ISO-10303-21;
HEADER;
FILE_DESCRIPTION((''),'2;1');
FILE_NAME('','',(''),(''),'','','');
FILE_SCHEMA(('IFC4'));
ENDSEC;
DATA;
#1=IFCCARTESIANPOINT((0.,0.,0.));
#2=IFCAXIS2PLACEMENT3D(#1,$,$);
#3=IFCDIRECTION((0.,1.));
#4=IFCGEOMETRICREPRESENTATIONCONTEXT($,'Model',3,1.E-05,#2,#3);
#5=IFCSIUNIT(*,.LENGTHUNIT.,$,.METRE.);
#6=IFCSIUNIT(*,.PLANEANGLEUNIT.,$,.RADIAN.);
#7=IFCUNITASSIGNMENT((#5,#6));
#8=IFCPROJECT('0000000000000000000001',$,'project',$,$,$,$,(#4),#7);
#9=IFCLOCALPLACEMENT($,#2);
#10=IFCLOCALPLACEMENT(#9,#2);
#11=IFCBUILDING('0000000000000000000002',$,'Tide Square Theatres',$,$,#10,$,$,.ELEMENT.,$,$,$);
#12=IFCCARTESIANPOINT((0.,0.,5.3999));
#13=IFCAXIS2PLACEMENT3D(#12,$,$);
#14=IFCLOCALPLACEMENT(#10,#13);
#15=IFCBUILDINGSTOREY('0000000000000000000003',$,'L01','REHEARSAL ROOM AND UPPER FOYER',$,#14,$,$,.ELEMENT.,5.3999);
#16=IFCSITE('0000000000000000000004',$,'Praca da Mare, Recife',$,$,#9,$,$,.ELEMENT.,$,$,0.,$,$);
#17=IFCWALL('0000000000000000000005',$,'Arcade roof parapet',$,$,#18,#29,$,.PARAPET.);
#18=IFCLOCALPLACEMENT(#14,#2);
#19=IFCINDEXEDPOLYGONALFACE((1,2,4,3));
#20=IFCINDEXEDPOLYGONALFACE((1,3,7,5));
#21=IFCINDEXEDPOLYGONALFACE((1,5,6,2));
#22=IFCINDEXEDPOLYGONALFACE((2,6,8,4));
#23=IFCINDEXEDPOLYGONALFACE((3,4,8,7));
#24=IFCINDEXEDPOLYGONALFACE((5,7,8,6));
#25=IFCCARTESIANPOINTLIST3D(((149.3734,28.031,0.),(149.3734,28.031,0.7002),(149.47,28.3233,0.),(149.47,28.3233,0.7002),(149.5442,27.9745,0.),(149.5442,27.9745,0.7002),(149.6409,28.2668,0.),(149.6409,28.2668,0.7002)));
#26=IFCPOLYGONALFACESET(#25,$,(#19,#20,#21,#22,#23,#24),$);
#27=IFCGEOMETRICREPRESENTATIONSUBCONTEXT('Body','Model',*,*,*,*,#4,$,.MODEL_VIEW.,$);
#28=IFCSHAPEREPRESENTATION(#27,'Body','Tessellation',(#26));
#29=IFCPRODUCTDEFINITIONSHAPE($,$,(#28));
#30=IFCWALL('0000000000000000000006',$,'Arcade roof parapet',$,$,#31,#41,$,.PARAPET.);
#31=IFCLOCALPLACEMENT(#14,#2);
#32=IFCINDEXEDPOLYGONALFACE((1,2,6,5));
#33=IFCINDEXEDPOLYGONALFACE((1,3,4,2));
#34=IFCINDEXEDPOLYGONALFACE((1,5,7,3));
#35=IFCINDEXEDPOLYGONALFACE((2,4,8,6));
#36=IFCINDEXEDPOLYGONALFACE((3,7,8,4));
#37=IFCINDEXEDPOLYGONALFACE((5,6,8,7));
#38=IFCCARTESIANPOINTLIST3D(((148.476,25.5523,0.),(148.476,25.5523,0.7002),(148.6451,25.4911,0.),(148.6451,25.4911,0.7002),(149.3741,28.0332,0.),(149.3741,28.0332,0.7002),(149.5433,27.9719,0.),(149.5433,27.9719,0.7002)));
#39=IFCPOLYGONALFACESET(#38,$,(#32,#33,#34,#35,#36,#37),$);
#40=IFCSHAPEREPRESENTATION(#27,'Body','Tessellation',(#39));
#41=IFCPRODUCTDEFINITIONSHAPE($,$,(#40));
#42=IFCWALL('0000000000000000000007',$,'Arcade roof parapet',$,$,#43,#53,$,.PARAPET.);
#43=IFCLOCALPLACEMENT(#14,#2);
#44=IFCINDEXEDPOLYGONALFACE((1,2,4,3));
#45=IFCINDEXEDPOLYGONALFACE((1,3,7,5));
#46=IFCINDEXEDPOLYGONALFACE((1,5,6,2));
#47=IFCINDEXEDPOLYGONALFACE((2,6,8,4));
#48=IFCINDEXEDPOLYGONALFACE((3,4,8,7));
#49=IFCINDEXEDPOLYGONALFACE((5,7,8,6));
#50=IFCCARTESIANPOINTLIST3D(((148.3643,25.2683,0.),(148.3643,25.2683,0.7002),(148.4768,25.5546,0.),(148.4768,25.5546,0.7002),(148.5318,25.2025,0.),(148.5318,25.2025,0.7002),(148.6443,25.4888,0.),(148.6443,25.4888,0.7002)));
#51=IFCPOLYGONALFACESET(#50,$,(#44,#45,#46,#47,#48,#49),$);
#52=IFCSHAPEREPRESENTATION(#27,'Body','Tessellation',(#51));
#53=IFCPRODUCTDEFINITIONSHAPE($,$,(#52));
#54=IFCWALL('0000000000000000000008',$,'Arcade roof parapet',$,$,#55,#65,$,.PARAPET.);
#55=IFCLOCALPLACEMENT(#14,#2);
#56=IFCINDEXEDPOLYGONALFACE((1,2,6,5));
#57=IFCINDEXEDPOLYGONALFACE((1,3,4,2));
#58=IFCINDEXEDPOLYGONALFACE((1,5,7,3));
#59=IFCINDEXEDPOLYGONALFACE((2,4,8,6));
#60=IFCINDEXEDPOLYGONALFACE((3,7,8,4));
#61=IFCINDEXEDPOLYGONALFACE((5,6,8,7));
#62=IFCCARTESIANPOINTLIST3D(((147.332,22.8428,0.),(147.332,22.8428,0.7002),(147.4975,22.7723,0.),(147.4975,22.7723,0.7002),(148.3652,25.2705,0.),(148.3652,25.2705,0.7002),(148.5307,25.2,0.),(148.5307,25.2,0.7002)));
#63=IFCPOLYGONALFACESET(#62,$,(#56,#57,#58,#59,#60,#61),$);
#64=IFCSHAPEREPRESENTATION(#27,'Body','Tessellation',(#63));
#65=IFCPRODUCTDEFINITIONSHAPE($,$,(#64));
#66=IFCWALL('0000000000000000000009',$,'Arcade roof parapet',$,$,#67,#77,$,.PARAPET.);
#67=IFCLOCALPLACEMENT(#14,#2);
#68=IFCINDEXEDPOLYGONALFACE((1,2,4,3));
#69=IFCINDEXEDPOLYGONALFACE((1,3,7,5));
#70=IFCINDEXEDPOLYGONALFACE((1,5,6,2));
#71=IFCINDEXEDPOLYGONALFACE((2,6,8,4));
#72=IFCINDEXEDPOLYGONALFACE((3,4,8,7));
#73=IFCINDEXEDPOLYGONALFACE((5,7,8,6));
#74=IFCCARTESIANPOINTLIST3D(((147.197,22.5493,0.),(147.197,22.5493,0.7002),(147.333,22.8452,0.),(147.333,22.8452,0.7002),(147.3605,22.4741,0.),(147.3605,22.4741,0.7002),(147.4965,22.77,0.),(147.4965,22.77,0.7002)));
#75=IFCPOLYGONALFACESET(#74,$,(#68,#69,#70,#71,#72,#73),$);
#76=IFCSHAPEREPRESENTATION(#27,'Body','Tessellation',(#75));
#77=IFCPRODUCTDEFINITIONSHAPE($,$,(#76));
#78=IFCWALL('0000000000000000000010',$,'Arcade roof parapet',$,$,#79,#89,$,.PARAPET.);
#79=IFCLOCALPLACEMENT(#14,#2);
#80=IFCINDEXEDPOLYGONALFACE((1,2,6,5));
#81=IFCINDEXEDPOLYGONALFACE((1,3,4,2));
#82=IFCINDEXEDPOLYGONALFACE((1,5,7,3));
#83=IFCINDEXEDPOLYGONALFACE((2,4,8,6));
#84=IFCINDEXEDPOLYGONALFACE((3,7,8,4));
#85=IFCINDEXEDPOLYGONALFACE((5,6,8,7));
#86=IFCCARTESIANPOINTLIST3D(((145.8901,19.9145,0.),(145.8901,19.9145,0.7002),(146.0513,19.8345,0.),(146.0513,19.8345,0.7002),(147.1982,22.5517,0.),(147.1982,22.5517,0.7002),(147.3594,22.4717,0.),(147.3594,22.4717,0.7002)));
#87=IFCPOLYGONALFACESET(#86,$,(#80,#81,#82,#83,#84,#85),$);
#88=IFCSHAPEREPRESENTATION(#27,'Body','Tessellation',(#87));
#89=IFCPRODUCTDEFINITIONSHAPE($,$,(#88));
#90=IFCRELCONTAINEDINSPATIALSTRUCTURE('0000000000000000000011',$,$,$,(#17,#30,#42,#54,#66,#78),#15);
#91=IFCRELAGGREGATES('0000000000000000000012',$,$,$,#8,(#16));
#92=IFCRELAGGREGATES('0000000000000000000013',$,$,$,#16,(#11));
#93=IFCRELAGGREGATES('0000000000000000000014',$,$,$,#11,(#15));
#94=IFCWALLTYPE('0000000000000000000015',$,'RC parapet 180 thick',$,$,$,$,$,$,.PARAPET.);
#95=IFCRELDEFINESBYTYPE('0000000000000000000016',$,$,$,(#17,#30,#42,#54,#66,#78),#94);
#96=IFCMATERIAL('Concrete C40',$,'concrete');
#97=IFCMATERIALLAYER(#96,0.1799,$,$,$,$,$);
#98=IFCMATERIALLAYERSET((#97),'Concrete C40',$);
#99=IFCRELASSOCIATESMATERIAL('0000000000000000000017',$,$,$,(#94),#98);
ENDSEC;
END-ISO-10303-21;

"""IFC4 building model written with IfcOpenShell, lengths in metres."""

from ifc_helpers import new_model, si_unit, direction, frame, frame_2d, origin, place, context, subcontext, project, spatial, rectangle, extrude, material, layer, layer_set, type_object, element, save


model = new_model("IFC4")

# Units and contexts
model_context = context("Model", 3, precision=1e-05, world=origin(), true_north=direction((0.0, 1.0)))
body_context = subcontext(model_context, "Body", "Model", "MODEL_VIEW")
ifc_project = project(units=[si_unit("LENGTHUNIT", "METRE"), si_unit("PLANEANGLEUNIT", "RADIAN")], contexts=[model_context])

# Site, building, storey
site_placement = place(None, origin())
site = spatial("IfcSite", under=ifc_project, at=site_placement, Name="Praca da Mare, Recife", CompositionType="ELEMENT", RefElevation=0.0)
building_placement = place(site_placement, origin())
building = spatial("IfcBuilding", under=site, at=building_placement, Name="Tide Square Theatres", CompositionType="ELEMENT")
storey_placement = place(building_placement, frame((0.0, 0.0, 5.3999)))
storey = spatial("IfcBuildingStorey", under=building, at=storey_placement, Name="L01", Description="REHEARSAL ROOM AND UPPER FOYER", CompositionType="ELEMENT", Elevation=5.3999)

# Walls
ifc_material_1 = material(Name="Concrete C40", Category="concrete")
ifc_layer = layer(ifc_material_1, 0.1799)
ifc_layer_set = layer_set([ifc_layer], Name="Concrete C40")
wall_type = type_object("IfcWallType", Name="RC parapet 180 thick", PredefinedType="PARAPET", material=ifc_layer_set)
wall_1_placement = place(storey_placement, frame((149.5554, 28.2949, 0.0), z_axis=(0.0, 0.0, 1.0), x_axis=(-0.314085, -0.949395, 0.0)))
element("IfcWall", 1, at=wall_1_placement, inside=storey, type_object=wall_type, Name="Arcade roof parapet", PredefinedType="PARAPET", context=body_context, shape_type="SweptSolid", body=[
    extrude(rectangle(XDim=0.3079, YDim=0.1799, at=frame_2d((0.1538, 0.0))), origin(), (0.0, 0.0, 1.0), 0.7002),
])
wall_2_placement = place(storey_placement, frame((149.4587, 28.0027, 0.0), z_axis=(0.0, 0.0, 1.0), x_axis=(-0.340413, -0.940276, 0.0)))
element("IfcWall", 2, at=wall_2_placement, inside=storey, type_object=wall_type, Name="Arcade roof parapet", PredefinedType="PARAPET", context=body_context, shape_type="SweptSolid", body=[
    extrude(rectangle(XDim=2.6384, YDim=0.1799, at=frame_2d((1.3193, 0.0))), origin(), (0.0, 0.0, 1.0), 0.7002),
])
wall_3_placement = place(storey_placement, frame((148.5605, 25.5217, 0.0), z_axis=(0.0, 0.0, 1.0), x_axis=(-0.365775, -0.930703, 0.0)))
element("IfcWall", 3, at=wall_3_placement, inside=storey, type_object=wall_type, Name="Arcade roof parapet", PredefinedType="PARAPET", context=body_context, shape_type="SweptSolid", body=[
    extrude(rectangle(XDim=0.3076, YDim=0.1799, at=frame_2d((0.1538, 0.0))), origin(), (0.0, 0.0, 1.0), 0.7002),
])
wall_4_placement = place(storey_placement, frame((148.448, 25.2354, 0.0), z_axis=(0.0, 0.0, 1.0), x_axis=(-0.391595, -0.920138, 0.0)))
element("IfcWall", 4, at=wall_4_placement, inside=storey, type_object=wall_type, Name="Arcade roof parapet", PredefinedType="PARAPET", context=body_context, shape_type="SweptSolid", body=[
    extrude(rectangle(XDim=2.6384, YDim=0.1799, at=frame_2d((1.3193, 0.0))), origin(), (0.0, 0.0, 1.0), 0.7002),
])
wall_5_placement = place(storey_placement, frame((147.4148, 22.8076, 0.0), z_axis=(0.0, 0.0, 1.0), x_axis=(-0.417584, -0.908638, 0.0)))
element("IfcWall", 5, at=wall_5_placement, inside=storey, type_object=wall_type, Name="Arcade roof parapet", PredefinedType="PARAPET", context=body_context, shape_type="SweptSolid", body=[
    extrude(rectangle(XDim=0.3257, YDim=0.1799, at=frame_2d((0.1628, 0.0))), origin(), (0.0, 0.0, 1.0), 0.7002),
])
wall_6_placement = place(storey_placement, frame((147.2788, 22.5117, 0.0), z_axis=(0.0, 0.0, 1.0), x_axis=(-0.444358, -0.895849, 0.0)))
element("IfcWall", 6, at=wall_6_placement, inside=storey, type_object=wall_type, Name="Arcade roof parapet", PredefinedType="PARAPET", context=body_context, shape_type="SweptSolid", body=[
    extrude(rectangle(XDim=2.9438, YDim=0.1799, at=frame_2d((1.4719, 0.0))), origin(), (0.0, 0.0, 1.0), 0.7002),
])

save(model, "model.ifc")
